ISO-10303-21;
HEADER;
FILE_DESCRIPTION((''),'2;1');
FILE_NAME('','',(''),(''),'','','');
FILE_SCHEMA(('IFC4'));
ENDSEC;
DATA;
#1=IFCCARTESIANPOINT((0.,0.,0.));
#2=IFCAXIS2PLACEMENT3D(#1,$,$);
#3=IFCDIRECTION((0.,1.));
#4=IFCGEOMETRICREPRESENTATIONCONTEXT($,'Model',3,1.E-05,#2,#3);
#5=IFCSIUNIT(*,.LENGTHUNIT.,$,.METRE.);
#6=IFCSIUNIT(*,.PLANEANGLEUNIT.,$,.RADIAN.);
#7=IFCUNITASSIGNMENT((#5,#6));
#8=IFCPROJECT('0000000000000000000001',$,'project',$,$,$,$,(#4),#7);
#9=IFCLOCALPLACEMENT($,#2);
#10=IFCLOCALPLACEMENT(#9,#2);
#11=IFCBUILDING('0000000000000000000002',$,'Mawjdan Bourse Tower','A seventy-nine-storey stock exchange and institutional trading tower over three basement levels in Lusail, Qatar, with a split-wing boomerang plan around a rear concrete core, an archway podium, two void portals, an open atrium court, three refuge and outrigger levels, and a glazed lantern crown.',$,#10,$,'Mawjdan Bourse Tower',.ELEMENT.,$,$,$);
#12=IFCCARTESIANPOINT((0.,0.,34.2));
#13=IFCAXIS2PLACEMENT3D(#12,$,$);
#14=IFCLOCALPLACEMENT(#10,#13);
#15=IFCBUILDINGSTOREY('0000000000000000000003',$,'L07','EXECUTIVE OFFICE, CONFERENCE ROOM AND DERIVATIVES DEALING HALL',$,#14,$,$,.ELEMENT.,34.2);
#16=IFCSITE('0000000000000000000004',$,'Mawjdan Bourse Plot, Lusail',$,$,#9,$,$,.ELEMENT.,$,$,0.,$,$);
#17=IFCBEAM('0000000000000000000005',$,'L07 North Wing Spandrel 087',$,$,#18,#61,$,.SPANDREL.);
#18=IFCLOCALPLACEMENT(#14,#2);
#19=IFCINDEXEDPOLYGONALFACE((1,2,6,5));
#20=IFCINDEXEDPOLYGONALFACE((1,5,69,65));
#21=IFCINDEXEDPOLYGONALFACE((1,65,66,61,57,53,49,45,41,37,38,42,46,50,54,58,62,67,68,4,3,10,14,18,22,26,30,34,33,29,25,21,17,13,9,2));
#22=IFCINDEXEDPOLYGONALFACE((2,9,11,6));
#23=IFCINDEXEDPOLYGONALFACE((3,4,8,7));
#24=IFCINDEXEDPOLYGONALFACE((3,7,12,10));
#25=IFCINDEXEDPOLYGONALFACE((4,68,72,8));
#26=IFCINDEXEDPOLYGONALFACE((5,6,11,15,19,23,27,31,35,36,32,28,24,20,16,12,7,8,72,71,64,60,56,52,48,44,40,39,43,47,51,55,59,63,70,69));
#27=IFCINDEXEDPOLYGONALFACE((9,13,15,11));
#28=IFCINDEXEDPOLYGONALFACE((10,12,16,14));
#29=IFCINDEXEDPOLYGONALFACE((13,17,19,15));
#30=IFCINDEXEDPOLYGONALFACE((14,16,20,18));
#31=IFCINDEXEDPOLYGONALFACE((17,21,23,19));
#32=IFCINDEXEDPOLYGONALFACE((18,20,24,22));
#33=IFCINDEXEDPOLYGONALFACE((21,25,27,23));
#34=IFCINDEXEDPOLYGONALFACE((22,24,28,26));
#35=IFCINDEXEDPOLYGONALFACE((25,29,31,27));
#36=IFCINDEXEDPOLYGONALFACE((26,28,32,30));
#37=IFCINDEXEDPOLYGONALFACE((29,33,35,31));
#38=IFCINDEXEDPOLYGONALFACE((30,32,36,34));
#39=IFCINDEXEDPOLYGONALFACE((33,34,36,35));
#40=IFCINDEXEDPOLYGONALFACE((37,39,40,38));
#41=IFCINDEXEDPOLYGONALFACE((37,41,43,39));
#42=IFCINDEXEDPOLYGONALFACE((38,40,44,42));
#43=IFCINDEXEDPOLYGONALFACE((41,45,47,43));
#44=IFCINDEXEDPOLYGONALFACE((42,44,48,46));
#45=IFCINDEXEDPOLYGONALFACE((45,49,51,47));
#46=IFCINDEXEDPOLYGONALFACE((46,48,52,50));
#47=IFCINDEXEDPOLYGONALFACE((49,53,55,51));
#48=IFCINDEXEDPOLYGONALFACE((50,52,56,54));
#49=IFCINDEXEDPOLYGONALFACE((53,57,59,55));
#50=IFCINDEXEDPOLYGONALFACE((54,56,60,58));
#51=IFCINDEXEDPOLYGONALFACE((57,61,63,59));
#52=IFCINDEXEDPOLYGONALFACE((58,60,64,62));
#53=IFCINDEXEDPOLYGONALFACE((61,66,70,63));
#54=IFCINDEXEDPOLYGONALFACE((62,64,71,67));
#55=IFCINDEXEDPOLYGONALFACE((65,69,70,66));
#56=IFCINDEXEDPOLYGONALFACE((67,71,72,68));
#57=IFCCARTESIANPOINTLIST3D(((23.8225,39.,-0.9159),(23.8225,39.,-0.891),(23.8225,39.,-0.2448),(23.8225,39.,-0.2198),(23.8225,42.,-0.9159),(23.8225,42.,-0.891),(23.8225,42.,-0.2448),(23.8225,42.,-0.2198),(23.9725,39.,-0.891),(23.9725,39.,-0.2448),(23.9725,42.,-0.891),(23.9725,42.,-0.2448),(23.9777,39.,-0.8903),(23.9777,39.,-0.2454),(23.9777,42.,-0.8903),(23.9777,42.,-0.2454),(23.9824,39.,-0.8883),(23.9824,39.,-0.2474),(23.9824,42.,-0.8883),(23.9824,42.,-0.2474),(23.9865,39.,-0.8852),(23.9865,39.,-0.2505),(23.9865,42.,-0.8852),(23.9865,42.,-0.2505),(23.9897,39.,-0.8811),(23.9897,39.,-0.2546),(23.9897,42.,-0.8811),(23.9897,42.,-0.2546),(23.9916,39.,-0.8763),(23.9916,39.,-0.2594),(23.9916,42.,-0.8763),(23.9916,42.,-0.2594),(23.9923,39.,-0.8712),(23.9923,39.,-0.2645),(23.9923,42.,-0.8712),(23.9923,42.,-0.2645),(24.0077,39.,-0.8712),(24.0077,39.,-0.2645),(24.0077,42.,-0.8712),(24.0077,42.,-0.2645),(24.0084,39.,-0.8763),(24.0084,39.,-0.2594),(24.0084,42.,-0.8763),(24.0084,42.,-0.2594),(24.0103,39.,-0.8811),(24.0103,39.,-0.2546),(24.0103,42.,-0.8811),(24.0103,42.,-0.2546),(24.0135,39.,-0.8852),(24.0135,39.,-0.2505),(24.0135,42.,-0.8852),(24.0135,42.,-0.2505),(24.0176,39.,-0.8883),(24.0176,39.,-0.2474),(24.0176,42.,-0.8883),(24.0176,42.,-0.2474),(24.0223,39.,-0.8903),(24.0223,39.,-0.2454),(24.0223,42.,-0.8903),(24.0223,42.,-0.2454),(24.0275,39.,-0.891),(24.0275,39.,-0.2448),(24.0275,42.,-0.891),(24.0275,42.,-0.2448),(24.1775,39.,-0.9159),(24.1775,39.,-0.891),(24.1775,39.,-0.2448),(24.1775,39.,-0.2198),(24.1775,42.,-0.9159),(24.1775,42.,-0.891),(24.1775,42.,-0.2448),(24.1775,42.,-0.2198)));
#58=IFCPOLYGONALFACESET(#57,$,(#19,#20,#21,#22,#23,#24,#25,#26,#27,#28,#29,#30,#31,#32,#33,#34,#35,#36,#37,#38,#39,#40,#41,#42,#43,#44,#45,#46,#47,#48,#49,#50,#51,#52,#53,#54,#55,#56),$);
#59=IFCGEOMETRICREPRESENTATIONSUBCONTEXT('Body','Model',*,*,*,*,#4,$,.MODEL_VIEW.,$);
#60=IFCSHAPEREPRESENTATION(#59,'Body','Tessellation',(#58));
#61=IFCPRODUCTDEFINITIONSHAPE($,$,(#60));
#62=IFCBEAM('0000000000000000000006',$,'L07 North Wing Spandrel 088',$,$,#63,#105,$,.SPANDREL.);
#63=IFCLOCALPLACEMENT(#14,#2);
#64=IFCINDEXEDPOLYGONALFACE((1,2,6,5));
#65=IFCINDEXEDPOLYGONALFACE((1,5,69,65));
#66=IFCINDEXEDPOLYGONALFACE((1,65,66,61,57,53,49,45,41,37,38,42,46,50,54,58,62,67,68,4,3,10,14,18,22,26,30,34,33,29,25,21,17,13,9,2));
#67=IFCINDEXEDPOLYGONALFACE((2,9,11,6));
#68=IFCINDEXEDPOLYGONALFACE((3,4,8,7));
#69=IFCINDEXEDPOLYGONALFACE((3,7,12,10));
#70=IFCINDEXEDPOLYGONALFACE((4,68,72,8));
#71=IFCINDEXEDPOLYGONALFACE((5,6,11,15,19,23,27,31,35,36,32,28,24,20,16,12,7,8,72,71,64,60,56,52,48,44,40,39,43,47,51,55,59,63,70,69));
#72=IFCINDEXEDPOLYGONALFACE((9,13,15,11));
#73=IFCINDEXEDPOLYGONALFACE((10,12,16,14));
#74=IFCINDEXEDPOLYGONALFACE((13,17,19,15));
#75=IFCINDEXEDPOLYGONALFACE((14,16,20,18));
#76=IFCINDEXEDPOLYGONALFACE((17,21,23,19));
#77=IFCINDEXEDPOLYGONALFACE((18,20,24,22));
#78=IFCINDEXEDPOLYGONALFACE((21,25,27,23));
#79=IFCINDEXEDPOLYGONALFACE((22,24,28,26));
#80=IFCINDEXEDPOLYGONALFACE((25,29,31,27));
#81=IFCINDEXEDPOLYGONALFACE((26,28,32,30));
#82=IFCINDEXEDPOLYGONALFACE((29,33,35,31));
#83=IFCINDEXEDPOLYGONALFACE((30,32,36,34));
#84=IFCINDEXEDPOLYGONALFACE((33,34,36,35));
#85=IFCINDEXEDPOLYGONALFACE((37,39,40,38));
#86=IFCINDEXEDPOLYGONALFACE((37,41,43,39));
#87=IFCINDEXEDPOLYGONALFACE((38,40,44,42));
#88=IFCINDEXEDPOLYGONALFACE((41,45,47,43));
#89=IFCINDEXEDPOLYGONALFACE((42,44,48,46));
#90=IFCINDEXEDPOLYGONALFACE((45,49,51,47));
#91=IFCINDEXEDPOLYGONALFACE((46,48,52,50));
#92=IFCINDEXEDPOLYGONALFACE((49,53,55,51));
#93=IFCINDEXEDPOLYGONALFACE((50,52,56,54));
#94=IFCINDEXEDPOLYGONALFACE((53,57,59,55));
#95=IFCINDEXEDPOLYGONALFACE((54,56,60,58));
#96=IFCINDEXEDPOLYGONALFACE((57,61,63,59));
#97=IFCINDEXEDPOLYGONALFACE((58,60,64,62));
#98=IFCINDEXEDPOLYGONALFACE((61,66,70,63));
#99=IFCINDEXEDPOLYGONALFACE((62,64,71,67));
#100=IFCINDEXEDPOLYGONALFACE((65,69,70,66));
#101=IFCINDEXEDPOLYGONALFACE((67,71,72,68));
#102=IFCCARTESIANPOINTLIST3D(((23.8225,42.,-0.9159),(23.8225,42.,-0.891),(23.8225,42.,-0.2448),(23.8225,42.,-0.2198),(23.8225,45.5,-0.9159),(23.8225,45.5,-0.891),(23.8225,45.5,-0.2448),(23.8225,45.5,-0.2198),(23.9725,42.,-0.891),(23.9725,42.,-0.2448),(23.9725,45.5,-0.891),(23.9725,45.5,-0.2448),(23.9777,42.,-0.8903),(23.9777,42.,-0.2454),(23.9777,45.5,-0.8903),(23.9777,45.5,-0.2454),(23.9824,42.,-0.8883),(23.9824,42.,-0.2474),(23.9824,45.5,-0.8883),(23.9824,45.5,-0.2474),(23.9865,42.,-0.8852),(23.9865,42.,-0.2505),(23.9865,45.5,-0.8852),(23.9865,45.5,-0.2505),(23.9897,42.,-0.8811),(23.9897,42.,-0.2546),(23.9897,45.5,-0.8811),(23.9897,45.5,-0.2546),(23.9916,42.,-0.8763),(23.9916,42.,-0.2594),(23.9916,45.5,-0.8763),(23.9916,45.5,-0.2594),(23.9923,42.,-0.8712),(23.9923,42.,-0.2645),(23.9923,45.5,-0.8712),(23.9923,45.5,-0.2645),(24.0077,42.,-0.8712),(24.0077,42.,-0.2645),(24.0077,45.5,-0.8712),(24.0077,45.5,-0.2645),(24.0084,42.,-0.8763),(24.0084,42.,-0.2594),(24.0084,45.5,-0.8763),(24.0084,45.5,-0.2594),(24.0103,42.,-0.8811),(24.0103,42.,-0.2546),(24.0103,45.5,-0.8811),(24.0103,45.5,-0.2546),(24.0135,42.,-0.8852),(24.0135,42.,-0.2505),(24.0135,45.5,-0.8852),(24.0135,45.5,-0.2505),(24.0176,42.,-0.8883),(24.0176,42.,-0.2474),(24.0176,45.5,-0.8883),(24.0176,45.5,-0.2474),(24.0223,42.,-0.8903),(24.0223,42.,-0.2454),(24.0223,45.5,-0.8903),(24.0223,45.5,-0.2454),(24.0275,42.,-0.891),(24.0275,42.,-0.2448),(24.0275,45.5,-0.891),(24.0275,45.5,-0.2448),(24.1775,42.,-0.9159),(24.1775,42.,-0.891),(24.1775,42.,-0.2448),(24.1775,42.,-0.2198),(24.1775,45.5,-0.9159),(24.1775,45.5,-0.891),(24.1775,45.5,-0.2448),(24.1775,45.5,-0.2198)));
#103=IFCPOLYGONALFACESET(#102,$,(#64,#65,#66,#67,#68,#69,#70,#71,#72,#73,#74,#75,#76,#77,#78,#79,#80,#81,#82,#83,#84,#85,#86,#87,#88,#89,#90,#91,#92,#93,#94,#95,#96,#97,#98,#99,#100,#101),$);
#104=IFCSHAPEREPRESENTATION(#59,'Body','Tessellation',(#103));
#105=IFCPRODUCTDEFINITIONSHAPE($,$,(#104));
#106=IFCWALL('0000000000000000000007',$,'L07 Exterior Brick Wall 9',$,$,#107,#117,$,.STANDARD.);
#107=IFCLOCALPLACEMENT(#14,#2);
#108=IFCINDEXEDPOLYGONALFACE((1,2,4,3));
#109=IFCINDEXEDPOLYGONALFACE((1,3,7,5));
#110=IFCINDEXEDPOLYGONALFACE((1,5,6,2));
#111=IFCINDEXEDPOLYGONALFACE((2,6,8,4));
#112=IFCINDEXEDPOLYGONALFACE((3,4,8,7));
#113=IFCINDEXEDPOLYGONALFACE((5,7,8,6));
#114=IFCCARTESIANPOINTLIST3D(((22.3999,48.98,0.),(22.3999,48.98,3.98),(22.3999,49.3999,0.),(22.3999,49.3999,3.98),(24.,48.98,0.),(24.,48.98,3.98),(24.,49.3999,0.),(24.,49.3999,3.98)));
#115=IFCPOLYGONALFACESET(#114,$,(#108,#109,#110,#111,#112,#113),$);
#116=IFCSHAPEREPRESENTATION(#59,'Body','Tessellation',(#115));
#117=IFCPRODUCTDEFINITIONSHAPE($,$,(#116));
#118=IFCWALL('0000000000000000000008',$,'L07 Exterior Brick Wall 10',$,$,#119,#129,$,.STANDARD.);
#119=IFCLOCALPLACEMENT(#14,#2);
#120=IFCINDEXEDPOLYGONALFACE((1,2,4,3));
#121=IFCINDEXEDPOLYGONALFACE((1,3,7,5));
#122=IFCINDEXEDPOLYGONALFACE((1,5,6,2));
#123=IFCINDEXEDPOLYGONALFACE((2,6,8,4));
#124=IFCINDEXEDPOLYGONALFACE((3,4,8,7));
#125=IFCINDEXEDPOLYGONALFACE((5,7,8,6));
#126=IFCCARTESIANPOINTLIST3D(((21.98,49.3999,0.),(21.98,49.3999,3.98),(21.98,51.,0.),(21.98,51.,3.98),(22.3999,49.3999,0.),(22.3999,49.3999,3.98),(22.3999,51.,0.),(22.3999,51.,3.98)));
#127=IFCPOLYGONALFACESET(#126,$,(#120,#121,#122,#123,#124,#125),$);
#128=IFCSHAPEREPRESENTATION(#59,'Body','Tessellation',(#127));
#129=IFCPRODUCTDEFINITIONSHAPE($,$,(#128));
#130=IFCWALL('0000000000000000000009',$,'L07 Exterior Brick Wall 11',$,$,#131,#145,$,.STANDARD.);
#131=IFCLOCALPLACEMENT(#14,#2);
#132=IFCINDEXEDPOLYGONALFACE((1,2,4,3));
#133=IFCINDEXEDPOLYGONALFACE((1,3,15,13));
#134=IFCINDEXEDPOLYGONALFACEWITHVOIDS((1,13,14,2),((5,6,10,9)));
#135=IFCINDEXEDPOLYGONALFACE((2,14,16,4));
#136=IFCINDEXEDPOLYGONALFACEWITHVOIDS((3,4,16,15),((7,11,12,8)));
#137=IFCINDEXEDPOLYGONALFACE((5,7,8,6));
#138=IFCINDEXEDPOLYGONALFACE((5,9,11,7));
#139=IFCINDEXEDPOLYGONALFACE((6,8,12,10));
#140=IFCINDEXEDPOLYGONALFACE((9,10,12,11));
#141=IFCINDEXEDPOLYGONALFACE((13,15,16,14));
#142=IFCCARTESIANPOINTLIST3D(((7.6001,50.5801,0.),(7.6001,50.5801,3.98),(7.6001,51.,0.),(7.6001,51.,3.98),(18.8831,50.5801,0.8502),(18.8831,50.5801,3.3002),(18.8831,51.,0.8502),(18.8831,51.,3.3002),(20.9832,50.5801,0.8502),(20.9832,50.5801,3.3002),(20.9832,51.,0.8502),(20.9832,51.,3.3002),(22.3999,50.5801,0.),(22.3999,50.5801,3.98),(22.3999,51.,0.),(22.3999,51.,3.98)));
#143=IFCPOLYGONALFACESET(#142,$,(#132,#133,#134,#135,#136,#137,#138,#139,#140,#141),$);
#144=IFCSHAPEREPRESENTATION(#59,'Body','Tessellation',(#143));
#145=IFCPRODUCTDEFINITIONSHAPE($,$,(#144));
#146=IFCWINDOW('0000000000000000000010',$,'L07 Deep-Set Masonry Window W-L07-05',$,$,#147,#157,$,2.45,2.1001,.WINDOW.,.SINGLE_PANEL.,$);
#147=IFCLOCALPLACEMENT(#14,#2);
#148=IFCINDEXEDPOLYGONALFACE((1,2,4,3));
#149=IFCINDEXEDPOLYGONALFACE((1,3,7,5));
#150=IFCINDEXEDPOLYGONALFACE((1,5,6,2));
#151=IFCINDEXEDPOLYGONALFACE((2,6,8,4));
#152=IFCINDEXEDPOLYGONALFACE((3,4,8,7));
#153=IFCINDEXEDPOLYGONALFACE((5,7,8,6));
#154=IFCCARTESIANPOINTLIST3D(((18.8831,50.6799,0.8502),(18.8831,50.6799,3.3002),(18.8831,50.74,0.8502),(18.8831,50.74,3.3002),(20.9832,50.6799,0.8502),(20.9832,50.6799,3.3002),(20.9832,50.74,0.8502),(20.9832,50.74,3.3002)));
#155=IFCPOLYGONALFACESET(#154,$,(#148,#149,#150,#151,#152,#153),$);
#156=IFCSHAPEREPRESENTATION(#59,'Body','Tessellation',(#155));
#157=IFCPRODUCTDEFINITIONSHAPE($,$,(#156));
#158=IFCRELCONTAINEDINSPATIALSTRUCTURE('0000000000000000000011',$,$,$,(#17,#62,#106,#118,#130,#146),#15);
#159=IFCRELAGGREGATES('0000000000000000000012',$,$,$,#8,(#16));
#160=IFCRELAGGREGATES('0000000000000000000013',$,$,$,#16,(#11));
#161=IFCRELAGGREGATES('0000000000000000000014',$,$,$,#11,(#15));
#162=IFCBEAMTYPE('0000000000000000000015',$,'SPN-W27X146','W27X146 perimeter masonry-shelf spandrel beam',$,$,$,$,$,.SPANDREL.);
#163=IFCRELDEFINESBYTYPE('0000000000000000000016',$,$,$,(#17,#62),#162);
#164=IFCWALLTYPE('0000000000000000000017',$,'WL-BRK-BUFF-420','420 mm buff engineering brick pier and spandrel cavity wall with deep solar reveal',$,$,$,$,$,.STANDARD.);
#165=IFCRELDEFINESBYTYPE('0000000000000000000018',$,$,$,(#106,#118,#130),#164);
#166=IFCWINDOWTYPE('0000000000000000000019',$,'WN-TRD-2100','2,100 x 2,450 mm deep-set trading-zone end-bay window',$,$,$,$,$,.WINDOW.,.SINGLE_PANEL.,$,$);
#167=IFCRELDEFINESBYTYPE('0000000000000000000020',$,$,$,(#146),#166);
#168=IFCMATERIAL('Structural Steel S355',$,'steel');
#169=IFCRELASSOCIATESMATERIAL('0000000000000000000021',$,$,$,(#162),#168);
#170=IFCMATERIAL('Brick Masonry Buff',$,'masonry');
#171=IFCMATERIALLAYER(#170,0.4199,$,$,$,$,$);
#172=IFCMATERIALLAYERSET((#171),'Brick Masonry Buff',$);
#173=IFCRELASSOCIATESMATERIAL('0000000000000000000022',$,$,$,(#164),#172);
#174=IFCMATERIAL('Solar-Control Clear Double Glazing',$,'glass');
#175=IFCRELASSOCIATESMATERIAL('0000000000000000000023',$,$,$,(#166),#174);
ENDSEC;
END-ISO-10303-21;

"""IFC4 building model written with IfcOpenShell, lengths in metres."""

from ifc_helpers import new_model, si_unit, direction, frame, frame_2d, origin, origin_2d, place, context, subcontext, project, spatial, rectangle, i_section, extrude, material, layer, layer_set, material_profile, profile_set, type_object, element, fill, save


model = new_model("IFC4")

# Units and contexts
model_context = context("Model", 3, precision=1e-05, world=origin(), true_north=direction((0.0, 1.0)))
body_context = subcontext(model_context, "Body", "Model", "MODEL_VIEW")
ifc_project = project(units=[si_unit("LENGTHUNIT", "METRE"), si_unit("PLANEANGLEUNIT", "RADIAN")], contexts=[model_context])

# Site, building, storey
site_placement = place(None, origin())
site = spatial("IfcSite", under=ifc_project, at=site_placement, Name="Mawjdan Bourse Plot, Lusail", CompositionType="ELEMENT", RefElevation=0.0)
building_placement = place(site_placement, origin())
building = spatial("IfcBuilding", under=site, at=building_placement, Name="Mawjdan Bourse Tower", Description="A seventy-nine-storey stock exchange and institutional trading tower over three basement levels in Lusail, Qatar, with a split-wing boomerang plan around a rear concrete core, an archway podium, two void portals, an open atrium court, three refuge and outrigger levels, and a glazed lantern crown.", LongName="Mawjdan Bourse Tower", CompositionType="ELEMENT")
storey_placement = place(building_placement, frame((0.0, 0.0, 34.2)))
storey = spatial("IfcBuildingStorey", under=building, at=storey_placement, Name="L07", Description="EXECUTIVE OFFICE, CONFERENCE ROOM AND DERIVATIVES DEALING HALL", CompositionType="ELEMENT", Elevation=34.2)

# Beams
ifc_material_1 = material(Name="Structural Steel S355", Category="steel")
ifc_material_profile_1 = material_profile(ifc_material_1, i_section(OverallWidth=0.355, OverallDepth=0.696, WebThickness=0.0154, FlangeThickness=0.0249, FilletRadius=0.0198, at=origin_2d()), Name="W27X146")
ifc_profile_set_1 = profile_set([ifc_material_profile_1], Name="Structural Steel S355")
beam_type_1 = type_object("IfcBeamType", Name="SPN-W27X146", Description="W27X146 perimeter masonry-shelf spandrel beam", PredefinedType="SPANDREL", material=ifc_profile_set_1)
for number, where, z_axis, x_axis, name in (
    (1, (24.0, 39.0, -0.5679), (0.0, 1.0, 0.0), (-1.0, 0.0, 0.0), "L07 North Wing Spandrel 087"),
):
    element("IfcBeam", number, at=place(storey_placement, frame(where, z_axis=z_axis, x_axis=x_axis)), inside=storey, type_object=beam_type_1, Name=name, PredefinedType="SPANDREL", context=body_context, shape_type="SweptSolid", body=[
        extrude(i_section(OverallWidth=0.355, OverallDepth=0.696, WebThickness=0.0154, FlangeThickness=0.0249, FilletRadius=0.0198, at=origin_2d()), origin(), (0.0, 0.0, 1.0), 3.0),
    ])
beam_1_placement = place(storey_placement, frame((24.0, 42.0, -0.5679), z_axis=(0.0, 1.0, 0.0), x_axis=(-1.0, 0.0, 0.0)))
element("IfcBeam", 2, at=beam_1_placement, inside=storey, type_object=beam_type_1, Name="L07 North Wing Spandrel 088", PredefinedType="SPANDREL", context=body_context, shape_type="SweptSolid", body=[
    extrude(i_section(OverallWidth=0.355, OverallDepth=0.696, WebThickness=0.0154, FlangeThickness=0.0249, FilletRadius=0.0198, at=origin_2d()), origin(), (0.0, 0.0, 1.0), 3.5),
])

# Walls
ifc_material_2 = material(Name="Brick Masonry Buff", Category="masonry")
ifc_layer = layer(ifc_material_2, 0.4199)
ifc_layer_set = layer_set([ifc_layer], Name="Brick Masonry Buff")
wall_type = type_object("IfcWallType", Name="WL-BRK-BUFF-420", Description="420 mm buff engineering brick pier and spandrel cavity wall with deep solar reveal", PredefinedType="STANDARD", material=ifc_layer_set)
for number, where, z_axis, x_axis, name in (
    (3, (24.0, 49.1899, 0.0), (0.0, 0.0, 1.0), (-1.0, 0.0, 0.0), "L07 Exterior Brick Wall 9"),
    (4, (22.1899, 49.3999, 0.0), (0.0, 0.0, 1.0), (0.0, 1.0, 0.0), "L07 Exterior Brick Wall 10"),
):
    element("IfcWall", number, at=place(storey_placement, frame(where, z_axis=z_axis, x_axis=x_axis)), inside=storey, type_object=wall_type, Name=name, PredefinedType="STANDARD", context=body_context, shape_type="SweptSolid", body=[
        extrude(rectangle(XDim=1.6001, YDim=0.4199, at=frame_2d((0.8, 0.0))), origin(), (0.0, 0.0, 1.0), 3.98),
    ])

# Wall, opening, window
wall_placement = place(storey_placement, frame((22.3999, 50.79, 0.0), z_axis=(0.0, 0.0, 1.0), x_axis=(-1.0, 0.0, 0.0)))
wall = element("IfcWall", 5, at=wall_placement, inside=storey, type_object=wall_type, Name="L07 Exterior Brick Wall 11", PredefinedType="STANDARD", context=body_context, shape_type="SweptSolid", body=[
    extrude(rectangle(XDim=14.7998, YDim=0.4199, at=frame_2d((7.3999, 0.0))), origin(), (0.0, 0.0, 1.0), 3.98),
])
opening_placement = place(wall_placement, frame((1.4167, 0.0, 0.8501)))
opening = element("IfcOpeningElement", 6, at=opening_placement, cuts=wall, PredefinedType="OPENING", context=body_context, shape_type="SweptSolid", body=[
    extrude(rectangle(XDim=2.1001, YDim=2.45, at=frame_2d((1.05, 1.2251))), frame((0.0, 0.22, 0.0), z_axis=(0.0, -1.0, 0.0), x_axis=(1.0, 0.0, 0.0)), (0.0, 0.0, 1.0), 0.4399),
])
ifc_material_3 = material(Name="Solar-Control Clear Double Glazing", Category="glass")
window_type = type_object("IfcWindowType", Name="WN-TRD-2100", Description="2,100 x 2,450 mm deep-set trading-zone end-bay window", PartitioningType="SINGLE_PANEL", PredefinedType="WINDOW", material=ifc_material_3)
window_placement = place(opening_placement, origin())
window = element("IfcWindow", 7, at=window_placement, inside=storey, type_object=window_type, Name="L07 Deep-Set Masonry Window W-L07-05", OverallHeight=2.45, OverallWidth=2.1001, PartitioningType="SINGLE_PANEL", PredefinedType="WINDOW", context=body_context, shape_type="SweptSolid", body=[
    extrude(rectangle(XDim=2.1001, YDim=2.45, at=frame_2d((1.05, 1.2251))), frame((0.0, 0.1101, 0.0), z_axis=(0.0, -1.0, 0.0), x_axis=(1.0, 0.0, 0.0)), (0.0, 0.0, 1.0), 0.0601),
])
fill(opening, window)

save(model, "model.ifc")
